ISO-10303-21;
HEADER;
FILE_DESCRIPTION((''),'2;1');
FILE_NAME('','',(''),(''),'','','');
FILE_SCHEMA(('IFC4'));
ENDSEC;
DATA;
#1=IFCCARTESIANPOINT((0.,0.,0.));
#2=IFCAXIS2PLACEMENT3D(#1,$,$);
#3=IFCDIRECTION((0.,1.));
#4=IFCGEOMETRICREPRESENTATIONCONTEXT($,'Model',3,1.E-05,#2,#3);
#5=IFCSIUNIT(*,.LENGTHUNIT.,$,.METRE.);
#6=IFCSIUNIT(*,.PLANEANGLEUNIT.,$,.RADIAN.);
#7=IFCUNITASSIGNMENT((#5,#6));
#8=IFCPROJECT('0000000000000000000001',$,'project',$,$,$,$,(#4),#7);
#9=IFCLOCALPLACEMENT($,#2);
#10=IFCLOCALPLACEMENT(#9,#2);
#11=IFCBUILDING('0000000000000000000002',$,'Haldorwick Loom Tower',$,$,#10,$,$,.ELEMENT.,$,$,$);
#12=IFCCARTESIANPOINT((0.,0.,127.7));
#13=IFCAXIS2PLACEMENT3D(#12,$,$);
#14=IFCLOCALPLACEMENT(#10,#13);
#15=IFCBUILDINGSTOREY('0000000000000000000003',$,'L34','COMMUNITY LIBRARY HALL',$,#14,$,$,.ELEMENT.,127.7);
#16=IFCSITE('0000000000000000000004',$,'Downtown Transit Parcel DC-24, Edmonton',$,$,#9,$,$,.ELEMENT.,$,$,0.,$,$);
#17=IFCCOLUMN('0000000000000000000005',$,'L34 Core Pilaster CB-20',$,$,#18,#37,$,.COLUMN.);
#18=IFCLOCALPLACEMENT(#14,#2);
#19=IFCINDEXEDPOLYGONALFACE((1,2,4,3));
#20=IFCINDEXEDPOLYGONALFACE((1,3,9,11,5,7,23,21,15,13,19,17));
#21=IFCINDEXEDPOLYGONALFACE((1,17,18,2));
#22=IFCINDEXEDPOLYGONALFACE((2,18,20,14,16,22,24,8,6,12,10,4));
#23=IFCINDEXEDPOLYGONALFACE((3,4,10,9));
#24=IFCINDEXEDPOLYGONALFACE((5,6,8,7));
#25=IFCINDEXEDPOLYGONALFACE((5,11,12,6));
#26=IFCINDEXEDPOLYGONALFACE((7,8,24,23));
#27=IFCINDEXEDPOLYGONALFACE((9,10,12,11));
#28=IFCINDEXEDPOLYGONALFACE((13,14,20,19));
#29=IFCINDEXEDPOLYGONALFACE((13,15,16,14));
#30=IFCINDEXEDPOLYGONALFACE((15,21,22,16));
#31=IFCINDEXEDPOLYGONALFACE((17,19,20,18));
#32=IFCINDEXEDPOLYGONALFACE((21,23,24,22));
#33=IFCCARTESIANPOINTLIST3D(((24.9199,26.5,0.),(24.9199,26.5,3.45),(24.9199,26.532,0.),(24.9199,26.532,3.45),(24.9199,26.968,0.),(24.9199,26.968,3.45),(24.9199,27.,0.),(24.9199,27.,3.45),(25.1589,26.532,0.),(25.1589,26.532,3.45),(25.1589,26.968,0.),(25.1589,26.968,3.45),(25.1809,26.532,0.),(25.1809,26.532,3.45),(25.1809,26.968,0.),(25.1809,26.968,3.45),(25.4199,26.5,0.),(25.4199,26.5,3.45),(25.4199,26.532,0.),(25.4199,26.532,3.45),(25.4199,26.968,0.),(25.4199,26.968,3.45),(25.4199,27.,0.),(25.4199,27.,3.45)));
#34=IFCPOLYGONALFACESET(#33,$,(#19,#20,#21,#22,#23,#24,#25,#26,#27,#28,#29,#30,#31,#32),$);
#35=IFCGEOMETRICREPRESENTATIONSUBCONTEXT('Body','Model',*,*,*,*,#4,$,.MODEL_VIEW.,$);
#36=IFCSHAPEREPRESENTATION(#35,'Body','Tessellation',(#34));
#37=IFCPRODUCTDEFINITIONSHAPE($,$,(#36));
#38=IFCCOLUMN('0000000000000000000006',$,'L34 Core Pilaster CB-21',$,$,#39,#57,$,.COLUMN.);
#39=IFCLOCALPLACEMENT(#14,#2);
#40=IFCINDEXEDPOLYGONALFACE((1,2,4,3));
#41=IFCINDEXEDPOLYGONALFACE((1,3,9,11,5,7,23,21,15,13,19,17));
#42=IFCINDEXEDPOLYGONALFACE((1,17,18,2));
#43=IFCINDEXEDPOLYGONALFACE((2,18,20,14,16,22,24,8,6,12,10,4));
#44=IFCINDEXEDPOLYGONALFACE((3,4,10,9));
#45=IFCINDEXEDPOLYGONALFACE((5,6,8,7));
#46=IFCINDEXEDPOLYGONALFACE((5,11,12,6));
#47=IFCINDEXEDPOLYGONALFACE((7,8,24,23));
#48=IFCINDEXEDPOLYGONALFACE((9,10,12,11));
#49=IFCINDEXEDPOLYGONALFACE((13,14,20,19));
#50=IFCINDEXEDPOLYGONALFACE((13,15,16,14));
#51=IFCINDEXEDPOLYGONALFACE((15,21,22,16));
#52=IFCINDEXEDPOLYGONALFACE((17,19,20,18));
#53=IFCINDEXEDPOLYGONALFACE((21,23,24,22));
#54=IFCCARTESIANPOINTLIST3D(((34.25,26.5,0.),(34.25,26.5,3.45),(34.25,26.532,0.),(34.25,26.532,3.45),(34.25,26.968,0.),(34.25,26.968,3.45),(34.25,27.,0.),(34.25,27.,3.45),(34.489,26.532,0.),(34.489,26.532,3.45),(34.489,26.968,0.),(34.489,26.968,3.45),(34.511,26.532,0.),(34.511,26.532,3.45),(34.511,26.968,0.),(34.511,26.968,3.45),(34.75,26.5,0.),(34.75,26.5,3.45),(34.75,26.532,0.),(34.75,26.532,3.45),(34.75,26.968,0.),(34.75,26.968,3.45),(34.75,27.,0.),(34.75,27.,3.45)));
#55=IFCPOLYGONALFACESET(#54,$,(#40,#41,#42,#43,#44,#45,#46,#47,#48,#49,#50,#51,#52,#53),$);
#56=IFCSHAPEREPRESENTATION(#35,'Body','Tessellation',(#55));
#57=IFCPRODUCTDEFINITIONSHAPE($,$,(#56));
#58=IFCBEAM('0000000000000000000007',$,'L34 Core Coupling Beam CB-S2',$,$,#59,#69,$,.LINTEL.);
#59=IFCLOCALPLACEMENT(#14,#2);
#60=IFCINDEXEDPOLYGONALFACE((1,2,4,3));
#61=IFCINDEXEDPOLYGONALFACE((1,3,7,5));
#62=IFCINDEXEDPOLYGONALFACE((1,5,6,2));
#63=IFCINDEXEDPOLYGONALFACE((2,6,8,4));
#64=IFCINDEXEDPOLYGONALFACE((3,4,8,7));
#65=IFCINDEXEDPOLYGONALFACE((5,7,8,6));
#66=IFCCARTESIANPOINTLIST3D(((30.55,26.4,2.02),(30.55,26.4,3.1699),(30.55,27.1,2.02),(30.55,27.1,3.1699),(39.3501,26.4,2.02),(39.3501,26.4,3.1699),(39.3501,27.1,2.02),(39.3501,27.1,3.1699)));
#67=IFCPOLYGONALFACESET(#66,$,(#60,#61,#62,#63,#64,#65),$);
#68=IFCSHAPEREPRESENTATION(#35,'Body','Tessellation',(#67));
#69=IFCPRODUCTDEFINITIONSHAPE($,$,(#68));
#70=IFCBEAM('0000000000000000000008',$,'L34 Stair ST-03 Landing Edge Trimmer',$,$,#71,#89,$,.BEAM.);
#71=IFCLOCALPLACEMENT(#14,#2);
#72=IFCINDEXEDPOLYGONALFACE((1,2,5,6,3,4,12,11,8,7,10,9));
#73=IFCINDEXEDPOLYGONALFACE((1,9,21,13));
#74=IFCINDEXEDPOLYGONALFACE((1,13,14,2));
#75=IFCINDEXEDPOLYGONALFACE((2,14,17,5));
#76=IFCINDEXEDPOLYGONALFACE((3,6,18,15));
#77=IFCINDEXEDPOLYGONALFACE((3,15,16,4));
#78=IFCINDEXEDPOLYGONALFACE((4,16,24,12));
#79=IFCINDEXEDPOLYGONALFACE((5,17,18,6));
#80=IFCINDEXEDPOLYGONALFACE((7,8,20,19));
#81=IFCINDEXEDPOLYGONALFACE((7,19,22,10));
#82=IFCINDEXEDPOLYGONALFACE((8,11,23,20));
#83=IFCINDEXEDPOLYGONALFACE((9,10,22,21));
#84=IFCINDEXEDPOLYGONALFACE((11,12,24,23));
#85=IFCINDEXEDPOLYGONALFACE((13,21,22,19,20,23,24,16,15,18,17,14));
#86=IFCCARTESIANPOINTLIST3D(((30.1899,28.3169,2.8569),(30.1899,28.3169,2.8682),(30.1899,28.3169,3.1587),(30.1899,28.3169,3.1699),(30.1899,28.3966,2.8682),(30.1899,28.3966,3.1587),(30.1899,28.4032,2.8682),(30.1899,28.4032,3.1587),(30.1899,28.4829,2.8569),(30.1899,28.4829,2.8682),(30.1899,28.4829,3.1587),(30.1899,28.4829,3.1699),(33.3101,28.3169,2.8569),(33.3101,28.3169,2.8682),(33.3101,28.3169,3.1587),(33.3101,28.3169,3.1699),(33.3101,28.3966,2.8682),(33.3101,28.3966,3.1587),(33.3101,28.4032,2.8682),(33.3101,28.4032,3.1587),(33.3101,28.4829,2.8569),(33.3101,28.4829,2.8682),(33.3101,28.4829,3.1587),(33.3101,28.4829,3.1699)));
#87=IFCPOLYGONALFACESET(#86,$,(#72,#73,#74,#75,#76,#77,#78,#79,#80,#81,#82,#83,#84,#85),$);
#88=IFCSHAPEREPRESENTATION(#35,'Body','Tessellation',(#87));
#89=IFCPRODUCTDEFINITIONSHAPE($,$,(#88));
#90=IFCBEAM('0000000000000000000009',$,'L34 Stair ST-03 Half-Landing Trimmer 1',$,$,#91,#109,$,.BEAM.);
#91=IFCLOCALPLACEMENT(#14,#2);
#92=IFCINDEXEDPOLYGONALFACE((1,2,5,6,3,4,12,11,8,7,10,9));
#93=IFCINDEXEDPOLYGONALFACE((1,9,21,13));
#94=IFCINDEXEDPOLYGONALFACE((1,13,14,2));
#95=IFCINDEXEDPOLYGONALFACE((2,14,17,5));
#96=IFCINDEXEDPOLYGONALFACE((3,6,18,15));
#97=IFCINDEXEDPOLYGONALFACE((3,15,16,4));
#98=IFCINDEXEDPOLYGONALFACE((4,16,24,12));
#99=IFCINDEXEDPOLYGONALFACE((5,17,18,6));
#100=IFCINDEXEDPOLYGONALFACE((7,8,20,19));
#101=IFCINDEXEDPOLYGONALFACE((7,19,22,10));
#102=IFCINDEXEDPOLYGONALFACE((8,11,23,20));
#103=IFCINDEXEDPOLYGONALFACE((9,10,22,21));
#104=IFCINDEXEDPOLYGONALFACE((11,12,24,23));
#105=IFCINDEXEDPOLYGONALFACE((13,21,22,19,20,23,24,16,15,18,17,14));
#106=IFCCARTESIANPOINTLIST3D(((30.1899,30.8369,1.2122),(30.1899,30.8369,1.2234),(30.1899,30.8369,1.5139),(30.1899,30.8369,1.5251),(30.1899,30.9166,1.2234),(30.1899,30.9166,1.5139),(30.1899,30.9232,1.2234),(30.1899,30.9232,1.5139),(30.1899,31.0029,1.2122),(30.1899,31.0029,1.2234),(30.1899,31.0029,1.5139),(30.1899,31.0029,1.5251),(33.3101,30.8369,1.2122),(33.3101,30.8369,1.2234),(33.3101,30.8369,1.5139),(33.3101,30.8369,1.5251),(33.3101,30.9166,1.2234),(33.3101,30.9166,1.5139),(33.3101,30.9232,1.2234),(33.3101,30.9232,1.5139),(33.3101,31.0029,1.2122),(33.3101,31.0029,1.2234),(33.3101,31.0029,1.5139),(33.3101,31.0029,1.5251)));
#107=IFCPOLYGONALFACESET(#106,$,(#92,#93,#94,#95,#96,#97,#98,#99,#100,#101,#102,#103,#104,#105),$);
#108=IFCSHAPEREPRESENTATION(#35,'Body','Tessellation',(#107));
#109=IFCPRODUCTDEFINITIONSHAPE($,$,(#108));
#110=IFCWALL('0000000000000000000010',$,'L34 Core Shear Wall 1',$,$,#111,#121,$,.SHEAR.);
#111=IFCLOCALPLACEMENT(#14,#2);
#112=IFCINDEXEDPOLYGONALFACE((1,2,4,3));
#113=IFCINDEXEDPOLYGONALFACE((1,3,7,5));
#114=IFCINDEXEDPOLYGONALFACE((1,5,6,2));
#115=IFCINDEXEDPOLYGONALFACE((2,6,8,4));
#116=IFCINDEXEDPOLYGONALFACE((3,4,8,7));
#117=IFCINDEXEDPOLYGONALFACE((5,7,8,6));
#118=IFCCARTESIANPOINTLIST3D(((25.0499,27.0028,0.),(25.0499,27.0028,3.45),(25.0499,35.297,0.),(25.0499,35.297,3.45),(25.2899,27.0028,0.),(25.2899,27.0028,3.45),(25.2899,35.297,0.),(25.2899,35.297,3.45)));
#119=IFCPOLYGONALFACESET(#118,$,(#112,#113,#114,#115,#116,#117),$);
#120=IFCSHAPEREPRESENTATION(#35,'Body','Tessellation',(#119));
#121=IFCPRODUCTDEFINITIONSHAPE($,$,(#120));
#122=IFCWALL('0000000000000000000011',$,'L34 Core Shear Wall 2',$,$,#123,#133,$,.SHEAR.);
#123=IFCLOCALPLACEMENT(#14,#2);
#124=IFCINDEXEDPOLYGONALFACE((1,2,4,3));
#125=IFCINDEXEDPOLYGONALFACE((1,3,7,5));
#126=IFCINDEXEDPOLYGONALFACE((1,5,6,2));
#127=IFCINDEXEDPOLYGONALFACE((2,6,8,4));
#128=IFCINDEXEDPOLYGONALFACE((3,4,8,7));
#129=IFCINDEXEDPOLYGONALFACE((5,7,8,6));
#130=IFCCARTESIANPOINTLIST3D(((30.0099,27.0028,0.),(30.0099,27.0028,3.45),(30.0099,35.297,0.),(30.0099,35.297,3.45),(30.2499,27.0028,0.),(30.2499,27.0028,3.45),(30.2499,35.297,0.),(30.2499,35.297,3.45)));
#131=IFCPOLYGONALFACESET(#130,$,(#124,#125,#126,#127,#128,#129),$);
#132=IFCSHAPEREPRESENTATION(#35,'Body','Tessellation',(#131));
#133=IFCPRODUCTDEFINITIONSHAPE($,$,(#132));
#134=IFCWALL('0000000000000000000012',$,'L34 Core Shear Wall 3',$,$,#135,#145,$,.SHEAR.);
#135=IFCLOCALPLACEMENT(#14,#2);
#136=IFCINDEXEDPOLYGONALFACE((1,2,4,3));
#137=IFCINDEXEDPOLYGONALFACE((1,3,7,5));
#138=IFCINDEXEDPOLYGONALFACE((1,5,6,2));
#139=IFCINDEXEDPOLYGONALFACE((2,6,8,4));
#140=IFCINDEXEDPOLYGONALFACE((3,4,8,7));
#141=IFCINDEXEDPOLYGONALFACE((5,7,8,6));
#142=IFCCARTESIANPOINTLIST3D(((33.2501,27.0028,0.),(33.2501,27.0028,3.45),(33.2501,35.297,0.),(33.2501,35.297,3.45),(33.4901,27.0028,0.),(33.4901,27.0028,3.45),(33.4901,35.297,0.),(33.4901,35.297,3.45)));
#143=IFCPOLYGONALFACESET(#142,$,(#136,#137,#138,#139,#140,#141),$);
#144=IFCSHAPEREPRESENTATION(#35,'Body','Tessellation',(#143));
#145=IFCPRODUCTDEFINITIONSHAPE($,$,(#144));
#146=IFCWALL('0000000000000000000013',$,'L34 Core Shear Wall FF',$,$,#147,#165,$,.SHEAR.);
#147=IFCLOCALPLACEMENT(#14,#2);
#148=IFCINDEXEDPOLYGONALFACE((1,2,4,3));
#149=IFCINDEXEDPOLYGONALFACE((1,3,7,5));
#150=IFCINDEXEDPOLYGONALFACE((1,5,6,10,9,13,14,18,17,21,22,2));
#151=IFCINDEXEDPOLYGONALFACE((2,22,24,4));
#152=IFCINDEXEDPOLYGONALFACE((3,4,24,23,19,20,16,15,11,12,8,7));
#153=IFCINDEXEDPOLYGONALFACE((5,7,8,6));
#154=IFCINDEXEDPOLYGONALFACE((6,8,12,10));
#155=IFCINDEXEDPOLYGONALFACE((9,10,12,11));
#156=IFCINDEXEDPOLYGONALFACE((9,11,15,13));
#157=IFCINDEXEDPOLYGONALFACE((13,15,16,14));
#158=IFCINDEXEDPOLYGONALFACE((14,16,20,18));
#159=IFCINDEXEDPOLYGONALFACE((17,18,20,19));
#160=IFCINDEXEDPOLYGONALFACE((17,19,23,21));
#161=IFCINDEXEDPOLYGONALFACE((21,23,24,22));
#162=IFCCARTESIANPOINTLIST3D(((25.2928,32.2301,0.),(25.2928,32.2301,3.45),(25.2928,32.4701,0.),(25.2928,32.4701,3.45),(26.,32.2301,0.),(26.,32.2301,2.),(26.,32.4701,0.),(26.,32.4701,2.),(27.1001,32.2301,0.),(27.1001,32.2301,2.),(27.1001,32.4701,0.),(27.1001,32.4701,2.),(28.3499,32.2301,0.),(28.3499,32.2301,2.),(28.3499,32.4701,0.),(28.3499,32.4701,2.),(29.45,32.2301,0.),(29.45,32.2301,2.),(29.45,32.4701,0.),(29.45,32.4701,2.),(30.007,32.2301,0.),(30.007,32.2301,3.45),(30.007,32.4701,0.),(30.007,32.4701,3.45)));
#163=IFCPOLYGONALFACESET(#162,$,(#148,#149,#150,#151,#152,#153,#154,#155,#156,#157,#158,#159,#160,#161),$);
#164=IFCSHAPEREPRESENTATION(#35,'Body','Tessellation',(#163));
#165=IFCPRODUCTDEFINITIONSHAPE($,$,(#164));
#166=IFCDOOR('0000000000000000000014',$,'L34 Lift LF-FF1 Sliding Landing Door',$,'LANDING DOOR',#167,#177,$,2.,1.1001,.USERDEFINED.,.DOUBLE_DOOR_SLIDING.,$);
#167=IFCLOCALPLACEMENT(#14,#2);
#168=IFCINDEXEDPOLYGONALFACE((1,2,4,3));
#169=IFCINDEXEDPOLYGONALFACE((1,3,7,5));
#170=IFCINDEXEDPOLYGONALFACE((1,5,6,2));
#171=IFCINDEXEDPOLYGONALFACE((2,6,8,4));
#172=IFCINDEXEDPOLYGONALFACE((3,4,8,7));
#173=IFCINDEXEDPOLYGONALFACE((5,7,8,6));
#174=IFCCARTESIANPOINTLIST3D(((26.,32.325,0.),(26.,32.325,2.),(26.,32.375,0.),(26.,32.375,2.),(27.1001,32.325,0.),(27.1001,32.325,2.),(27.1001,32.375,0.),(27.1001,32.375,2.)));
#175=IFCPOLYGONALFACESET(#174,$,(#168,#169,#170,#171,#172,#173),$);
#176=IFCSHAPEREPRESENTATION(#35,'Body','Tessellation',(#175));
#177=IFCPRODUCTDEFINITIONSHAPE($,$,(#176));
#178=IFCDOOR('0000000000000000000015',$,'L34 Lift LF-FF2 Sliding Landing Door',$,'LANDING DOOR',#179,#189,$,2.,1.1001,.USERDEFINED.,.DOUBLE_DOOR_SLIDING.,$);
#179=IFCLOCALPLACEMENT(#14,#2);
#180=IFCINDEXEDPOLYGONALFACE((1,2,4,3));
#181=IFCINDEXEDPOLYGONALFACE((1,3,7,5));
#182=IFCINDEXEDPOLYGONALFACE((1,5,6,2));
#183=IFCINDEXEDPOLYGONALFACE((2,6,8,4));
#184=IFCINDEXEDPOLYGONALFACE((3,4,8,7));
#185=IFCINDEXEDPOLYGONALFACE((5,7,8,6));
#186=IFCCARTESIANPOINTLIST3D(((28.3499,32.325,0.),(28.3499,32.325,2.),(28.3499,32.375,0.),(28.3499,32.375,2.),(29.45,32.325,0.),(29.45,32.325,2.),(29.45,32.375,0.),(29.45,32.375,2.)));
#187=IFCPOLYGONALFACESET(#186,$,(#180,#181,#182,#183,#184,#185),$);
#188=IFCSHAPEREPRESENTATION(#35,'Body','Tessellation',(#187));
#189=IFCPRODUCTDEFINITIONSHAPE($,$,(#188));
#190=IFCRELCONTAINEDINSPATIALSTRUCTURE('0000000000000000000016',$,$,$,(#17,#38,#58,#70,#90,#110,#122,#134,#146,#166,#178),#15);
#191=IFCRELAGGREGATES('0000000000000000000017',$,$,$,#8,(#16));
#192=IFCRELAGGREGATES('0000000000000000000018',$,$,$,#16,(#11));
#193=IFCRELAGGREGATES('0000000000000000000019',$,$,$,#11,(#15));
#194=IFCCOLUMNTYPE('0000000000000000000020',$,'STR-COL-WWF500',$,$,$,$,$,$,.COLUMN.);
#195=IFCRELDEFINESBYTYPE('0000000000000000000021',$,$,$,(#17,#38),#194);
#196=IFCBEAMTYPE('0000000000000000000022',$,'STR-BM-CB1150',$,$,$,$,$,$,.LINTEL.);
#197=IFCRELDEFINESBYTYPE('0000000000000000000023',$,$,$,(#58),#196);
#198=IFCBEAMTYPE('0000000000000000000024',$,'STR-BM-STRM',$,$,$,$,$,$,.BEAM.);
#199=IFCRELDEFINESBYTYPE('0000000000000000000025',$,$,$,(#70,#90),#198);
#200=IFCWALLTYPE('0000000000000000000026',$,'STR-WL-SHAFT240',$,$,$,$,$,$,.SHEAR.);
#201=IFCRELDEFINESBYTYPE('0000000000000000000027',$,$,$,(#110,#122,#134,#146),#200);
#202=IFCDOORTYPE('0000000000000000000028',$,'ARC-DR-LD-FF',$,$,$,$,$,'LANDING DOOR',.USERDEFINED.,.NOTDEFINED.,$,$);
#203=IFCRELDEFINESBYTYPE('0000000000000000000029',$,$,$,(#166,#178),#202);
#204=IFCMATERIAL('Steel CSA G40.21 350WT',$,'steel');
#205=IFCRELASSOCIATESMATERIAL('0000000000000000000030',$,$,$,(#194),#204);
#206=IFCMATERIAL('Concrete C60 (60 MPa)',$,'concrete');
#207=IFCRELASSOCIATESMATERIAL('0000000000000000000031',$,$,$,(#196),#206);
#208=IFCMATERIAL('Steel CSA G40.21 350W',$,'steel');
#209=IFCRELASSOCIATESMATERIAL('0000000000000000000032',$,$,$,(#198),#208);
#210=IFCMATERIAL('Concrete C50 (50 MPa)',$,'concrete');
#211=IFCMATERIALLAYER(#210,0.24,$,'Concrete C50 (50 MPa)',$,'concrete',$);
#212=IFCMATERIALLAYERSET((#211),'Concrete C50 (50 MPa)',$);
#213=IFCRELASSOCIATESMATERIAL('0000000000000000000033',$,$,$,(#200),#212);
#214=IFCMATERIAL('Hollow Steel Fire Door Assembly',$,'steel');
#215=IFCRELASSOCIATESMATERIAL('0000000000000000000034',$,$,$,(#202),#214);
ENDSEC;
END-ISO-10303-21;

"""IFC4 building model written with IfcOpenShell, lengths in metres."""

from ifc_helpers import new_model, si_unit, direction, frame, frame_2d, origin, origin_2d, place, context, subcontext, project, spatial, rectangle, i_section, extrude, material, layer, layer_set, material_profile, profile_set, type_object, element, fill, save


model = new_model("IFC4")

# Units and contexts
model_context = context("Model", 3, precision=1e-05, world=origin(), true_north=direction((0.0, 1.0)))
body_context = subcontext(model_context, "Body", "Model", "MODEL_VIEW")
ifc_project = project(units=[si_unit("LENGTHUNIT", "METRE"), si_unit("PLANEANGLEUNIT", "RADIAN")], contexts=[model_context])

# Site, building, storey
site_placement = place(None, origin())
site = spatial("IfcSite", under=ifc_project, at=site_placement, Name="Downtown Transit Parcel DC-24, Edmonton", CompositionType="ELEMENT", RefElevation=0.0)
building_placement = place(site_placement, origin())
building = spatial("IfcBuilding", under=site, at=building_placement, Name="Haldorwick Loom Tower", CompositionType="ELEMENT")
storey_placement = place(building_placement, frame((0.0, 0.0, 127.7)))
storey = spatial("IfcBuildingStorey", under=building, at=storey_placement, Name="L34", Description="COMMUNITY LIBRARY HALL", CompositionType="ELEMENT", Elevation=127.7)

# Columns
ifc_material_1 = material(Name="Steel CSA G40.21 350WT", Category="steel")
ifc_material_profile_1 = material_profile(ifc_material_1, i_section(OverallWidth=0.5, OverallDepth=0.5, WebThickness=0.022, FlangeThickness=0.032, at=origin_2d()), Name="WWF500X500", Category="steel")
ifc_profile_set_1 = profile_set([ifc_material_profile_1], Name="Steel CSA G40.21 350WT")
column_type = type_object("IfcColumnType", Name="STR-COL-WWF500", PredefinedType="COLUMN", material=ifc_profile_set_1)
for number, where, z_axis, x_axis, name in (
    (1, (25.1699, 26.75, 0.0), (0.0, 0.0, 1.0), (1.0, 0.0, 0.0), "L34 Core Pilaster CB-20"),
    (2, (34.5, 26.75, 0.0), (0.0, 0.0, 1.0), (1.0, 0.0, 0.0), "L34 Core Pilaster CB-21"),
):
    element("IfcColumn", number, at=place(storey_placement, frame(where, z_axis=z_axis, x_axis=x_axis)), inside=storey, type_object=column_type, Name=name, PredefinedType="COLUMN", context=body_context, shape_type="SweptSolid", body=[
        extrude(i_section(OverallWidth=0.5, OverallDepth=0.5, WebThickness=0.022, FlangeThickness=0.032, at=origin_2d()), origin(), (0.0, 0.0, 1.0), 3.45),
    ])

# Beams
ifc_material_2 = material(Name="Concrete C60 (60 MPa)", Category="concrete")
ifc_material_profile_2 = material_profile(ifc_material_2, rectangle(XDim=0.7, YDim=1.1499, at=origin_2d()), Name="RC700X1150", Category="concrete")
ifc_profile_set_2 = profile_set([ifc_material_profile_2], Name="Concrete C60 (60 MPa)")
beam_type_1 = type_object("IfcBeamType", Name="STR-BM-CB1150", PredefinedType="LINTEL", material=ifc_profile_set_2)
beam_placement = place(storey_placement, frame((30.55, 26.75, 2.595), z_axis=(1.0, 0.0, 0.0), x_axis=(0.0, 1.0, 0.0)))
element("IfcBeam", 3, at=beam_placement, inside=storey, type_object=beam_type_1, Name="L34 Core Coupling Beam CB-S2", PredefinedType="LINTEL", context=body_context, shape_type="SweptSolid", body=[
    extrude(rectangle(XDim=0.7, YDim=1.1499, at=origin_2d()), origin(), (0.0, 0.0, 1.0), 8.8),
])
ifc_material_3 = material(Name="Steel CSA G40.21 350W", Category="steel")
ifc_material_profile_3 = material_profile(ifc_material_3, i_section(OverallWidth=0.166, OverallDepth=0.313, WebThickness=0.0066, FlangeThickness=0.0112, at=origin_2d()), Name="W310X45", Category="steel")
ifc_profile_set_3 = profile_set([ifc_material_profile_3], Name="Steel CSA G40.21 350W")
beam_type_2 = type_object("IfcBeamType", Name="STR-BM-STRM", PredefinedType="BEAM", material=ifc_profile_set_3)
for number, where, z_axis, x_axis, name in (
    (4, (30.1899, 28.3999, 3.0134), (1.0, 0.0, 0.0), (0.0, 1.0, 0.0), "L34 Stair ST-03 Landing Edge Trimmer"),
    (5, (30.1899, 30.9199, 1.3687), (1.0, 0.0, 0.0), (0.0, 1.0, 0.0), "L34 Stair ST-03 Half-Landing Trimmer 1"),
):
    element("IfcBeam", number, at=place(storey_placement, frame(where, z_axis=z_axis, x_axis=x_axis)), inside=storey, type_object=beam_type_2, Name=name, PredefinedType="BEAM", context=body_context, shape_type="SweptSolid", body=[
        extrude(i_section(OverallWidth=0.166, OverallDepth=0.313, WebThickness=0.0066, FlangeThickness=0.0112, at=origin_2d()), origin(), (0.0, 0.0, 1.0), 3.1201),
    ])

# Walls
ifc_material_4 = material(Name="Concrete C50 (50 MPa)", Category="concrete")
ifc_layer = layer(ifc_material_4, 0.24, Name="Concrete C50 (50 MPa)", Category="concrete")
ifc_layer_set = layer_set([ifc_layer], Name="Concrete C50 (50 MPa)")
wall_type = type_object("IfcWallType", Name="STR-WL-SHAFT240", PredefinedType="SHEAR", material=ifc_layer_set)
for number, where, z_axis, x_axis, name in (
    (6, (25.1699, 27.0029, 0.0), (0.0, 0.0, 1.0), (0.0, 1.0, 0.0), "L34 Core Shear Wall 1"),
    (7, (30.1299, 27.0029, 0.0), (0.0, 0.0, 1.0), (0.0, 1.0, 0.0), "L34 Core Shear Wall 2"),
    (8, (33.3701, 27.0029, 0.0), (0.0, 0.0, 1.0), (0.0, 1.0, 0.0), "L34 Core Shear Wall 3"),
):
    element("IfcWall", number, at=place(storey_placement, frame(where, z_axis=z_axis, x_axis=x_axis)), inside=storey, type_object=wall_type, Name=name, PredefinedType="SHEAR", context=body_context, shape_type="SweptSolid", body=[
        extrude(rectangle(XDim=8.2942, YDim=0.24, at=frame_2d((4.147, 0.0))), origin(), (0.0, 0.0, 1.0), 3.45),
    ])

# Wall, openings, doors
wall_1_placement = place(storey_placement, frame((25.293, 32.3501, 0.0), z_axis=(0.0, 0.0, 1.0), x_axis=(1.0, 0.0, 0.0)))
wall_1 = element("IfcWall", 9, at=wall_1_placement, inside=storey, type_object=wall_type, Name="L34 Core Shear Wall FF", PredefinedType="SHEAR", context=body_context, shape_type="SweptSolid", body=[
    extrude(rectangle(XDim=4.7141, YDim=0.24, at=frame_2d((2.3569, 0.0))), origin(), (0.0, 0.0, 1.0), 3.45),
])
opening_1_placement = place(wall_1_placement, frame((0.707, 0.0, 0.0)))
opening_1 = element("IfcOpeningElement", 10, at=opening_1_placement, cuts=wall_1, PredefinedType="OPENING", context=body_context, shape_type="SweptSolid", body=[
    extrude(rectangle(XDim=1.1001, YDim=2.0, at=frame_2d((0.55, 1.0))), frame((0.0, 0.1299, 0.0), z_axis=(0.0, -1.0, 0.0), x_axis=(1.0, 0.0, 0.0)), (0.0, 0.0, 1.0), 0.26),
])
opening_2_placement = place(wall_1_placement, frame((3.0569, 0.0, 0.0)))
opening_2 = element("IfcOpeningElement", 11, at=opening_2_placement, cuts=wall_1, PredefinedType="OPENING", context=body_context, shape_type="SweptSolid", body=[
    extrude(rectangle(XDim=1.1001, YDim=2.0, at=frame_2d((0.55, 1.0))), frame((0.0, 0.1299, 0.0), z_axis=(0.0, -1.0, 0.0), x_axis=(1.0, 0.0, 0.0)), (0.0, 0.0, 1.0), 0.26),
])
ifc_material_5 = material(Name="Hollow Steel Fire Door Assembly", Category="steel")
door_type_1 = type_object("IfcDoorType", Name="ARC-DR-LD-FF", ElementType="LANDING DOOR", OperationType="NOTDEFINED", PredefinedType="USERDEFINED", material=ifc_material_5)
door_1_placement = place(opening_1_placement, origin())
door_1 = element("IfcDoor", 12, at=door_1_placement, inside=storey, type_object=door_type_1, Name="L34 Lift LF-FF1 Sliding Landing Door", ObjectType="LANDING DOOR", OperationType="DOUBLE_DOOR_SLIDING", OverallHeight=2.0, OverallWidth=1.1001, PredefinedType="USERDEFINED", context=body_context, shape_type="SweptSolid", body=[
    extrude(rectangle(XDim=1.1001, YDim=2.0, at=frame_2d((0.55, 1.0))), frame((0.0, 0.0249, 0.0), z_axis=(0.0, -1.0, 0.0), x_axis=(1.0, 0.0, 0.0)), (0.0, 0.0, 1.0), 0.05),
])
fill(opening_1, door_1)
door_2_placement = place(opening_2_placement, origin())
door_2 = element("IfcDoor", 13, at=door_2_placement, inside=storey, type_object=door_type_1, Name="L34 Lift LF-FF2 Sliding Landing Door", ObjectType="LANDING DOOR", OperationType="DOUBLE_DOOR_SLIDING", OverallHeight=2.0, OverallWidth=1.1001, PredefinedType="USERDEFINED", context=body_context, shape_type="SweptSolid", body=[
    extrude(rectangle(XDim=1.1001, YDim=2.0, at=frame_2d((0.55, 1.0))), frame((0.0, 0.0249, 0.0), z_axis=(0.0, -1.0, 0.0), x_axis=(1.0, 0.0, 0.0)), (0.0, 0.0, 1.0), 0.05),
])
fill(opening_2, door_2)

save(model, "model.ifc")
